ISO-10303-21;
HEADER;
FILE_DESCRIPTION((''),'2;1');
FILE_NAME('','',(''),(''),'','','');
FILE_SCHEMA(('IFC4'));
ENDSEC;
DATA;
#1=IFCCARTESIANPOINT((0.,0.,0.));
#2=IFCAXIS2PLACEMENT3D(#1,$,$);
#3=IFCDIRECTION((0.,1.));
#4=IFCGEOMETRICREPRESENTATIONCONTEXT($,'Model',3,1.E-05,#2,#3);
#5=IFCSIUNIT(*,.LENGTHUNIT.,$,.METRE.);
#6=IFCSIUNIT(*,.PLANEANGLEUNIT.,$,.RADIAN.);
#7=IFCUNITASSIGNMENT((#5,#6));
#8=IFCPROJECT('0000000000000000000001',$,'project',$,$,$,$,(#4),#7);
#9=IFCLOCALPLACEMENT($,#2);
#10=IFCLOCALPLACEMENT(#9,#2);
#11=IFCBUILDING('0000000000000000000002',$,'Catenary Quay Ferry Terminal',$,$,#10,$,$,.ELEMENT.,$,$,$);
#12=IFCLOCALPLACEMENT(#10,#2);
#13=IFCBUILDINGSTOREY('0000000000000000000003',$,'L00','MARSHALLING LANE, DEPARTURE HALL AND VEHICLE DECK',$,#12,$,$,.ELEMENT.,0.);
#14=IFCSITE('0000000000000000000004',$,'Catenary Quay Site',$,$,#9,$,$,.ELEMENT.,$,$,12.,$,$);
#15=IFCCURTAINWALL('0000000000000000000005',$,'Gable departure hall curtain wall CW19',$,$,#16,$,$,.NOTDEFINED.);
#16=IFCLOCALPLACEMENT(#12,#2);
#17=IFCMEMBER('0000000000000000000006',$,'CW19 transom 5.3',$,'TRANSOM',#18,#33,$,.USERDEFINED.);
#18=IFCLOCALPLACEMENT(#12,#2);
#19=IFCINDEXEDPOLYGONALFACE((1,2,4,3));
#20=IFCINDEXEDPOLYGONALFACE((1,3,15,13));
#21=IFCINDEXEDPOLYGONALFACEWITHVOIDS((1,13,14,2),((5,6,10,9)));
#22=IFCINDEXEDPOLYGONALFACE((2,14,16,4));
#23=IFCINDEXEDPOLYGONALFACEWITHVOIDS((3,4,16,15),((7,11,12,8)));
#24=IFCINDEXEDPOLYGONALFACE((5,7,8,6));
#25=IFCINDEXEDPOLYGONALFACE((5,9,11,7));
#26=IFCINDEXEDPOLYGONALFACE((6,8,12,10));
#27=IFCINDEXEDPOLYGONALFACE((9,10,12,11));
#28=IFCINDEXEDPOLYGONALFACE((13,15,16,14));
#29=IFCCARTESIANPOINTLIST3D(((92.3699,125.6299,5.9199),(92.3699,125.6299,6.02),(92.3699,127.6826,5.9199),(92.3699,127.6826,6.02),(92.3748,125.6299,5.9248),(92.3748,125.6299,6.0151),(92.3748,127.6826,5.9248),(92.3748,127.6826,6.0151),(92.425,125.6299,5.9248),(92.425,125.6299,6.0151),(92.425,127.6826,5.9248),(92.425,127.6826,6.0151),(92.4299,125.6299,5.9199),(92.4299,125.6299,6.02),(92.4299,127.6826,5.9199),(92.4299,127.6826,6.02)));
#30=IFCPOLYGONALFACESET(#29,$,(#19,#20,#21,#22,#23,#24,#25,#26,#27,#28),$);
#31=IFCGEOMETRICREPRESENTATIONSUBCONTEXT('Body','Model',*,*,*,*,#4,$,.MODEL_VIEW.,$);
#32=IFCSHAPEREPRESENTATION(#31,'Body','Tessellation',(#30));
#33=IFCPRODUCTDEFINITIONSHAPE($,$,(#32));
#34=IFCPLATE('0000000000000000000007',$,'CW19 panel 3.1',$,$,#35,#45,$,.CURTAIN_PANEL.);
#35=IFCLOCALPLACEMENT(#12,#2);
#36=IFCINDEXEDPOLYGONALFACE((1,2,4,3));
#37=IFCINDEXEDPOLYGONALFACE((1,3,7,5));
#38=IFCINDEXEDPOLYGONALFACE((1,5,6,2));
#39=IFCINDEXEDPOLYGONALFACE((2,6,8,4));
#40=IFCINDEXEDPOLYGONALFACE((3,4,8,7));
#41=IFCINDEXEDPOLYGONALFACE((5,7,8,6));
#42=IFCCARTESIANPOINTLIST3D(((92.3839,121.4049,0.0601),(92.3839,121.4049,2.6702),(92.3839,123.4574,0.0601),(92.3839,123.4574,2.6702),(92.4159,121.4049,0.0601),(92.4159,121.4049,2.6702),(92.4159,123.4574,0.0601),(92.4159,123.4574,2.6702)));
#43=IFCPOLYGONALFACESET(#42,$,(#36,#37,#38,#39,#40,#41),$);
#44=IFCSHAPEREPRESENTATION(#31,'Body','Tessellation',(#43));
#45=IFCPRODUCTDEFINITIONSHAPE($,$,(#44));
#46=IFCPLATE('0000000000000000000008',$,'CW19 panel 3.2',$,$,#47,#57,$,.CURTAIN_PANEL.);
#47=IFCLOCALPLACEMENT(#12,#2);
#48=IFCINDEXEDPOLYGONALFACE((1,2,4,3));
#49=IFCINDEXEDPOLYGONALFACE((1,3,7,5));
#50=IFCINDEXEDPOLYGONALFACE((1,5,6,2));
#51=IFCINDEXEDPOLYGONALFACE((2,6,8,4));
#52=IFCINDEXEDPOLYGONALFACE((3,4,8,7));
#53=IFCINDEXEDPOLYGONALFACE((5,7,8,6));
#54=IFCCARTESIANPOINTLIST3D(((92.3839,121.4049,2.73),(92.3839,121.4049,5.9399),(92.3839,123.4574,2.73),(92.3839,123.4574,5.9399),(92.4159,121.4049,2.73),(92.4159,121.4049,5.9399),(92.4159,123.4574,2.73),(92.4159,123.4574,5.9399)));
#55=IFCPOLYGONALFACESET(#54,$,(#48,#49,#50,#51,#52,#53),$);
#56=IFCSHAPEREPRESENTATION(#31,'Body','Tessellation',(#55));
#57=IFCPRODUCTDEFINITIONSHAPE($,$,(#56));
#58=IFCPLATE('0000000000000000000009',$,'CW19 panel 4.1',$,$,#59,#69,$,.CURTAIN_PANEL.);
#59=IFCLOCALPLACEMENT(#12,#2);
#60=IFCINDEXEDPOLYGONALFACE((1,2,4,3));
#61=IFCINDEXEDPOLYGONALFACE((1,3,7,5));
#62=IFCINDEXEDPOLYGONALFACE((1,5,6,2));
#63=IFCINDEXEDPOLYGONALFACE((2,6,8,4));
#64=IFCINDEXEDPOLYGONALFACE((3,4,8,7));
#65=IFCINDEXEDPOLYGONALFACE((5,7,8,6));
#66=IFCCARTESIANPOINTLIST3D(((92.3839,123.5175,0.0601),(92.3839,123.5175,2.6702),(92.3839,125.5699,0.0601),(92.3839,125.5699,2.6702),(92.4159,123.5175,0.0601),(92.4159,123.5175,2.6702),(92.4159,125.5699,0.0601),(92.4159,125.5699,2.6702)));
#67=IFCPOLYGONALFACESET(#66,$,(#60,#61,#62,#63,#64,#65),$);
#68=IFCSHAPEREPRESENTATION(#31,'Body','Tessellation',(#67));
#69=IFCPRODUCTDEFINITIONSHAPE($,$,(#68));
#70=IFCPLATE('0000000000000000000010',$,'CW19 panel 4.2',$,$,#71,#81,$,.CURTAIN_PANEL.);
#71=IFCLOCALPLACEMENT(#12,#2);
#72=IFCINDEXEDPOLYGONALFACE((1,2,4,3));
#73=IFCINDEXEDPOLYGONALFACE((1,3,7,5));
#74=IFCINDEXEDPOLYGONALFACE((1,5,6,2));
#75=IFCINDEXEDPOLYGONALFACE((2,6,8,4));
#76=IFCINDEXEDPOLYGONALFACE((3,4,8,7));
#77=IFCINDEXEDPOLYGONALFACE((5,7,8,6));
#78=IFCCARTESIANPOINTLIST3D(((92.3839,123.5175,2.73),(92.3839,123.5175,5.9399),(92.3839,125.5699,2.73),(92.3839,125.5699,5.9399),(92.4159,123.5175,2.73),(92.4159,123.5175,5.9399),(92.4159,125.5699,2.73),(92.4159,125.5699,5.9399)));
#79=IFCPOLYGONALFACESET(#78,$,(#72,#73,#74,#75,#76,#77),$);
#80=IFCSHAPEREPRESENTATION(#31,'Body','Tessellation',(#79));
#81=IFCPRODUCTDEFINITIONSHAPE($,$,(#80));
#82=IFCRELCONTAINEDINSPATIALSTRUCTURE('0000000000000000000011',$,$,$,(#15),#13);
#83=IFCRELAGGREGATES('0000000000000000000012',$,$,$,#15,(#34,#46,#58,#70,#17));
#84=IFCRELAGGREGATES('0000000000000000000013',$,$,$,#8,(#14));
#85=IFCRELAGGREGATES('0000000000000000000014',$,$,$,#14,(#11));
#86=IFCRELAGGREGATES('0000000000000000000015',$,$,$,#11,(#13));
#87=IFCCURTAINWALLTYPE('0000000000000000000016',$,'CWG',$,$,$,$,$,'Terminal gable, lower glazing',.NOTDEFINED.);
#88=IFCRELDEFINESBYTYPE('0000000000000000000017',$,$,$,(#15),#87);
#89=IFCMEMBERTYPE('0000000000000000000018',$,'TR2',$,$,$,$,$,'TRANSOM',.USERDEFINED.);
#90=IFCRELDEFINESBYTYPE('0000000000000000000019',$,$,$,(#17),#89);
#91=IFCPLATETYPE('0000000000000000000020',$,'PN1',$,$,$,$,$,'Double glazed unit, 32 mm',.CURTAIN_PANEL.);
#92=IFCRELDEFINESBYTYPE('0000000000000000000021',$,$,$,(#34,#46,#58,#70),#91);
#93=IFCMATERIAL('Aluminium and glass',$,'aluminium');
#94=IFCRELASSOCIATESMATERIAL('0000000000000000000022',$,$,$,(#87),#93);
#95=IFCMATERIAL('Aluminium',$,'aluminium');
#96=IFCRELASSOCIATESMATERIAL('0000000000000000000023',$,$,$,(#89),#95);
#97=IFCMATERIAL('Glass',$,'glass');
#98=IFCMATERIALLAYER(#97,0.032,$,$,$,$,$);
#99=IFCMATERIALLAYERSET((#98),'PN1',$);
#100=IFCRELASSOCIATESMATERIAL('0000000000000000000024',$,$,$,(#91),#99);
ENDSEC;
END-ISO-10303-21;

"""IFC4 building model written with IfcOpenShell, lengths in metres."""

from ifc_helpers import new_model, si_unit, direction, frame, origin, origin_2d, place, context, subcontext, project, spatial, rectangle, hollow_rectangle, extrude, material, layer, layer_set, material_profile, profile_set, type_object, element, aggregate, save


model = new_model("IFC4")

# Units and contexts
model_context = context("Model", 3, precision=1e-05, world=origin(), true_north=direction((0.0, 1.0)))
body_context = subcontext(model_context, "Body", "Model", "MODEL_VIEW")
ifc_project = project(units=[si_unit("LENGTHUNIT", "METRE"), si_unit("PLANEANGLEUNIT", "RADIAN")], contexts=[model_context])

# Site, building, storey
site_placement = place(None, origin())
site = spatial("IfcSite", under=ifc_project, at=site_placement, Name="Catenary Quay Site", CompositionType="ELEMENT", RefElevation=12.0)
building_placement = place(site_placement, origin())
building = spatial("IfcBuilding", under=site, at=building_placement, Name="Catenary Quay Ferry Terminal", CompositionType="ELEMENT")
storey_placement = place(building_placement, origin())
storey = spatial("IfcBuildingStorey", under=building, at=storey_placement, Name="L00", Description="MARSHALLING LANE, DEPARTURE HALL AND VEHICLE DECK", CompositionType="ELEMENT", Elevation=0.0)

# Curtain wall, member, plates
ifc_material_1 = material(Name="Aluminium and glass", Category="aluminium")
curtain_wall_type = type_object("IfcCurtainWallType", Name="CWG", ElementType="Terminal gable, lower glazing", PredefinedType="NOTDEFINED", material=ifc_material_1)
curtain_wall_placement = place(storey_placement, origin())
curtain_wall = element("IfcCurtainWall", 1, at=curtain_wall_placement, inside=storey, type_object=curtain_wall_type, Name="Gable departure hall curtain wall CW19", PredefinedType="NOTDEFINED")
ifc_material_2 = material(Name="Aluminium", Category="aluminium")
ifc_material_profile_1 = material_profile(ifc_material_2, hollow_rectangle(XDim=0.0601, YDim=0.1001, WallThickness=0.0049, at=origin_2d()), Name="TR2")
ifc_profile_set_1 = profile_set([ifc_material_profile_1], Name="Aluminium")
member_type_1 = type_object("IfcMemberType", Name="TR2", ElementType="TRANSOM", PredefinedType="USERDEFINED", material=ifc_profile_set_1)
member_1_placement = place(storey_placement, frame((92.3999, 125.6299, 5.97), z_axis=(0.0, 1.0, 0.0), x_axis=(-1.0, 0.0, 0.0)))
member_1 = element("IfcMember", 2, at=member_1_placement, type_object=member_type_1, Name="CW19 transom 5.3", ObjectType="TRANSOM", PredefinedType="USERDEFINED", context=body_context, shape_type="SweptSolid", body=[
    extrude(hollow_rectangle(XDim=0.0601, YDim=0.1001, WallThickness=0.0049, at=origin_2d()), origin(), (0.0, 0.0, 1.0), 2.0527),
])
ifc_material_3 = material(Name="Glass", Category="glass")
ifc_layer = layer(ifc_material_3, 0.032)
ifc_layer_set = layer_set([ifc_layer], Name="PN1")
plate_type = type_object("IfcPlateType", Name="PN1", ElementType="Double glazed unit, 32 mm", PredefinedType="CURTAIN_PANEL", material=ifc_layer_set)
plate_1_placement = place(storey_placement, frame((92.3999, 122.4312, 0.0601), z_axis=(0.0, 0.0, 1.0), x_axis=(0.0, 1.0, 0.0)))
plate_1 = element("IfcPlate", 3, at=plate_1_placement, type_object=plate_type, Name="CW19 panel 3.1", PredefinedType="CURTAIN_PANEL", context=body_context, shape_type="SweptSolid", body=[
    extrude(rectangle(XDim=2.0525, YDim=0.032, at=origin_2d()), origin(), (0.0, 0.0, 1.0), 2.6101),
])
plate_2_placement = place(storey_placement, frame((92.3999, 122.4312, 2.73), z_axis=(0.0, 0.0, 1.0), x_axis=(0.0, 1.0, 0.0)))
plate_2 = element("IfcPlate", 4, at=plate_2_placement, type_object=plate_type, Name="CW19 panel 3.2", PredefinedType="CURTAIN_PANEL", context=body_context, shape_type="SweptSolid", body=[
    extrude(rectangle(XDim=2.0525, YDim=0.032, at=origin_2d()), origin(), (0.0, 0.0, 1.0), 3.21),
])
plate_3_placement = place(storey_placement, frame((92.3999, 124.5437, 0.0601), z_axis=(0.0, 0.0, 1.0), x_axis=(0.0, 1.0, 0.0)))
plate_3 = element("IfcPlate", 5, at=plate_3_placement, type_object=plate_type, Name="CW19 panel 4.1", PredefinedType="CURTAIN_PANEL", context=body_context, shape_type="SweptSolid", body=[
    extrude(rectangle(XDim=2.0525, YDim=0.032, at=origin_2d()), origin(), (0.0, 0.0, 1.0), 2.6101),
])
plate_4_placement = place(storey_placement, frame((92.3999, 124.5437, 2.73), z_axis=(0.0, 0.0, 1.0), x_axis=(0.0, 1.0, 0.0)))
plate_4 = element("IfcPlate", 6, at=plate_4_placement, type_object=plate_type, Name="CW19 panel 4.2", PredefinedType="CURTAIN_PANEL", context=body_context, shape_type="SweptSolid", body=[
    extrude(rectangle(XDim=2.0525, YDim=0.032, at=origin_2d()), origin(), (0.0, 0.0, 1.0), 3.21),
])
aggregate(curtain_wall, [plate_1, plate_2, plate_3, plate_4, member_1])

save(model, "model.ifc")
